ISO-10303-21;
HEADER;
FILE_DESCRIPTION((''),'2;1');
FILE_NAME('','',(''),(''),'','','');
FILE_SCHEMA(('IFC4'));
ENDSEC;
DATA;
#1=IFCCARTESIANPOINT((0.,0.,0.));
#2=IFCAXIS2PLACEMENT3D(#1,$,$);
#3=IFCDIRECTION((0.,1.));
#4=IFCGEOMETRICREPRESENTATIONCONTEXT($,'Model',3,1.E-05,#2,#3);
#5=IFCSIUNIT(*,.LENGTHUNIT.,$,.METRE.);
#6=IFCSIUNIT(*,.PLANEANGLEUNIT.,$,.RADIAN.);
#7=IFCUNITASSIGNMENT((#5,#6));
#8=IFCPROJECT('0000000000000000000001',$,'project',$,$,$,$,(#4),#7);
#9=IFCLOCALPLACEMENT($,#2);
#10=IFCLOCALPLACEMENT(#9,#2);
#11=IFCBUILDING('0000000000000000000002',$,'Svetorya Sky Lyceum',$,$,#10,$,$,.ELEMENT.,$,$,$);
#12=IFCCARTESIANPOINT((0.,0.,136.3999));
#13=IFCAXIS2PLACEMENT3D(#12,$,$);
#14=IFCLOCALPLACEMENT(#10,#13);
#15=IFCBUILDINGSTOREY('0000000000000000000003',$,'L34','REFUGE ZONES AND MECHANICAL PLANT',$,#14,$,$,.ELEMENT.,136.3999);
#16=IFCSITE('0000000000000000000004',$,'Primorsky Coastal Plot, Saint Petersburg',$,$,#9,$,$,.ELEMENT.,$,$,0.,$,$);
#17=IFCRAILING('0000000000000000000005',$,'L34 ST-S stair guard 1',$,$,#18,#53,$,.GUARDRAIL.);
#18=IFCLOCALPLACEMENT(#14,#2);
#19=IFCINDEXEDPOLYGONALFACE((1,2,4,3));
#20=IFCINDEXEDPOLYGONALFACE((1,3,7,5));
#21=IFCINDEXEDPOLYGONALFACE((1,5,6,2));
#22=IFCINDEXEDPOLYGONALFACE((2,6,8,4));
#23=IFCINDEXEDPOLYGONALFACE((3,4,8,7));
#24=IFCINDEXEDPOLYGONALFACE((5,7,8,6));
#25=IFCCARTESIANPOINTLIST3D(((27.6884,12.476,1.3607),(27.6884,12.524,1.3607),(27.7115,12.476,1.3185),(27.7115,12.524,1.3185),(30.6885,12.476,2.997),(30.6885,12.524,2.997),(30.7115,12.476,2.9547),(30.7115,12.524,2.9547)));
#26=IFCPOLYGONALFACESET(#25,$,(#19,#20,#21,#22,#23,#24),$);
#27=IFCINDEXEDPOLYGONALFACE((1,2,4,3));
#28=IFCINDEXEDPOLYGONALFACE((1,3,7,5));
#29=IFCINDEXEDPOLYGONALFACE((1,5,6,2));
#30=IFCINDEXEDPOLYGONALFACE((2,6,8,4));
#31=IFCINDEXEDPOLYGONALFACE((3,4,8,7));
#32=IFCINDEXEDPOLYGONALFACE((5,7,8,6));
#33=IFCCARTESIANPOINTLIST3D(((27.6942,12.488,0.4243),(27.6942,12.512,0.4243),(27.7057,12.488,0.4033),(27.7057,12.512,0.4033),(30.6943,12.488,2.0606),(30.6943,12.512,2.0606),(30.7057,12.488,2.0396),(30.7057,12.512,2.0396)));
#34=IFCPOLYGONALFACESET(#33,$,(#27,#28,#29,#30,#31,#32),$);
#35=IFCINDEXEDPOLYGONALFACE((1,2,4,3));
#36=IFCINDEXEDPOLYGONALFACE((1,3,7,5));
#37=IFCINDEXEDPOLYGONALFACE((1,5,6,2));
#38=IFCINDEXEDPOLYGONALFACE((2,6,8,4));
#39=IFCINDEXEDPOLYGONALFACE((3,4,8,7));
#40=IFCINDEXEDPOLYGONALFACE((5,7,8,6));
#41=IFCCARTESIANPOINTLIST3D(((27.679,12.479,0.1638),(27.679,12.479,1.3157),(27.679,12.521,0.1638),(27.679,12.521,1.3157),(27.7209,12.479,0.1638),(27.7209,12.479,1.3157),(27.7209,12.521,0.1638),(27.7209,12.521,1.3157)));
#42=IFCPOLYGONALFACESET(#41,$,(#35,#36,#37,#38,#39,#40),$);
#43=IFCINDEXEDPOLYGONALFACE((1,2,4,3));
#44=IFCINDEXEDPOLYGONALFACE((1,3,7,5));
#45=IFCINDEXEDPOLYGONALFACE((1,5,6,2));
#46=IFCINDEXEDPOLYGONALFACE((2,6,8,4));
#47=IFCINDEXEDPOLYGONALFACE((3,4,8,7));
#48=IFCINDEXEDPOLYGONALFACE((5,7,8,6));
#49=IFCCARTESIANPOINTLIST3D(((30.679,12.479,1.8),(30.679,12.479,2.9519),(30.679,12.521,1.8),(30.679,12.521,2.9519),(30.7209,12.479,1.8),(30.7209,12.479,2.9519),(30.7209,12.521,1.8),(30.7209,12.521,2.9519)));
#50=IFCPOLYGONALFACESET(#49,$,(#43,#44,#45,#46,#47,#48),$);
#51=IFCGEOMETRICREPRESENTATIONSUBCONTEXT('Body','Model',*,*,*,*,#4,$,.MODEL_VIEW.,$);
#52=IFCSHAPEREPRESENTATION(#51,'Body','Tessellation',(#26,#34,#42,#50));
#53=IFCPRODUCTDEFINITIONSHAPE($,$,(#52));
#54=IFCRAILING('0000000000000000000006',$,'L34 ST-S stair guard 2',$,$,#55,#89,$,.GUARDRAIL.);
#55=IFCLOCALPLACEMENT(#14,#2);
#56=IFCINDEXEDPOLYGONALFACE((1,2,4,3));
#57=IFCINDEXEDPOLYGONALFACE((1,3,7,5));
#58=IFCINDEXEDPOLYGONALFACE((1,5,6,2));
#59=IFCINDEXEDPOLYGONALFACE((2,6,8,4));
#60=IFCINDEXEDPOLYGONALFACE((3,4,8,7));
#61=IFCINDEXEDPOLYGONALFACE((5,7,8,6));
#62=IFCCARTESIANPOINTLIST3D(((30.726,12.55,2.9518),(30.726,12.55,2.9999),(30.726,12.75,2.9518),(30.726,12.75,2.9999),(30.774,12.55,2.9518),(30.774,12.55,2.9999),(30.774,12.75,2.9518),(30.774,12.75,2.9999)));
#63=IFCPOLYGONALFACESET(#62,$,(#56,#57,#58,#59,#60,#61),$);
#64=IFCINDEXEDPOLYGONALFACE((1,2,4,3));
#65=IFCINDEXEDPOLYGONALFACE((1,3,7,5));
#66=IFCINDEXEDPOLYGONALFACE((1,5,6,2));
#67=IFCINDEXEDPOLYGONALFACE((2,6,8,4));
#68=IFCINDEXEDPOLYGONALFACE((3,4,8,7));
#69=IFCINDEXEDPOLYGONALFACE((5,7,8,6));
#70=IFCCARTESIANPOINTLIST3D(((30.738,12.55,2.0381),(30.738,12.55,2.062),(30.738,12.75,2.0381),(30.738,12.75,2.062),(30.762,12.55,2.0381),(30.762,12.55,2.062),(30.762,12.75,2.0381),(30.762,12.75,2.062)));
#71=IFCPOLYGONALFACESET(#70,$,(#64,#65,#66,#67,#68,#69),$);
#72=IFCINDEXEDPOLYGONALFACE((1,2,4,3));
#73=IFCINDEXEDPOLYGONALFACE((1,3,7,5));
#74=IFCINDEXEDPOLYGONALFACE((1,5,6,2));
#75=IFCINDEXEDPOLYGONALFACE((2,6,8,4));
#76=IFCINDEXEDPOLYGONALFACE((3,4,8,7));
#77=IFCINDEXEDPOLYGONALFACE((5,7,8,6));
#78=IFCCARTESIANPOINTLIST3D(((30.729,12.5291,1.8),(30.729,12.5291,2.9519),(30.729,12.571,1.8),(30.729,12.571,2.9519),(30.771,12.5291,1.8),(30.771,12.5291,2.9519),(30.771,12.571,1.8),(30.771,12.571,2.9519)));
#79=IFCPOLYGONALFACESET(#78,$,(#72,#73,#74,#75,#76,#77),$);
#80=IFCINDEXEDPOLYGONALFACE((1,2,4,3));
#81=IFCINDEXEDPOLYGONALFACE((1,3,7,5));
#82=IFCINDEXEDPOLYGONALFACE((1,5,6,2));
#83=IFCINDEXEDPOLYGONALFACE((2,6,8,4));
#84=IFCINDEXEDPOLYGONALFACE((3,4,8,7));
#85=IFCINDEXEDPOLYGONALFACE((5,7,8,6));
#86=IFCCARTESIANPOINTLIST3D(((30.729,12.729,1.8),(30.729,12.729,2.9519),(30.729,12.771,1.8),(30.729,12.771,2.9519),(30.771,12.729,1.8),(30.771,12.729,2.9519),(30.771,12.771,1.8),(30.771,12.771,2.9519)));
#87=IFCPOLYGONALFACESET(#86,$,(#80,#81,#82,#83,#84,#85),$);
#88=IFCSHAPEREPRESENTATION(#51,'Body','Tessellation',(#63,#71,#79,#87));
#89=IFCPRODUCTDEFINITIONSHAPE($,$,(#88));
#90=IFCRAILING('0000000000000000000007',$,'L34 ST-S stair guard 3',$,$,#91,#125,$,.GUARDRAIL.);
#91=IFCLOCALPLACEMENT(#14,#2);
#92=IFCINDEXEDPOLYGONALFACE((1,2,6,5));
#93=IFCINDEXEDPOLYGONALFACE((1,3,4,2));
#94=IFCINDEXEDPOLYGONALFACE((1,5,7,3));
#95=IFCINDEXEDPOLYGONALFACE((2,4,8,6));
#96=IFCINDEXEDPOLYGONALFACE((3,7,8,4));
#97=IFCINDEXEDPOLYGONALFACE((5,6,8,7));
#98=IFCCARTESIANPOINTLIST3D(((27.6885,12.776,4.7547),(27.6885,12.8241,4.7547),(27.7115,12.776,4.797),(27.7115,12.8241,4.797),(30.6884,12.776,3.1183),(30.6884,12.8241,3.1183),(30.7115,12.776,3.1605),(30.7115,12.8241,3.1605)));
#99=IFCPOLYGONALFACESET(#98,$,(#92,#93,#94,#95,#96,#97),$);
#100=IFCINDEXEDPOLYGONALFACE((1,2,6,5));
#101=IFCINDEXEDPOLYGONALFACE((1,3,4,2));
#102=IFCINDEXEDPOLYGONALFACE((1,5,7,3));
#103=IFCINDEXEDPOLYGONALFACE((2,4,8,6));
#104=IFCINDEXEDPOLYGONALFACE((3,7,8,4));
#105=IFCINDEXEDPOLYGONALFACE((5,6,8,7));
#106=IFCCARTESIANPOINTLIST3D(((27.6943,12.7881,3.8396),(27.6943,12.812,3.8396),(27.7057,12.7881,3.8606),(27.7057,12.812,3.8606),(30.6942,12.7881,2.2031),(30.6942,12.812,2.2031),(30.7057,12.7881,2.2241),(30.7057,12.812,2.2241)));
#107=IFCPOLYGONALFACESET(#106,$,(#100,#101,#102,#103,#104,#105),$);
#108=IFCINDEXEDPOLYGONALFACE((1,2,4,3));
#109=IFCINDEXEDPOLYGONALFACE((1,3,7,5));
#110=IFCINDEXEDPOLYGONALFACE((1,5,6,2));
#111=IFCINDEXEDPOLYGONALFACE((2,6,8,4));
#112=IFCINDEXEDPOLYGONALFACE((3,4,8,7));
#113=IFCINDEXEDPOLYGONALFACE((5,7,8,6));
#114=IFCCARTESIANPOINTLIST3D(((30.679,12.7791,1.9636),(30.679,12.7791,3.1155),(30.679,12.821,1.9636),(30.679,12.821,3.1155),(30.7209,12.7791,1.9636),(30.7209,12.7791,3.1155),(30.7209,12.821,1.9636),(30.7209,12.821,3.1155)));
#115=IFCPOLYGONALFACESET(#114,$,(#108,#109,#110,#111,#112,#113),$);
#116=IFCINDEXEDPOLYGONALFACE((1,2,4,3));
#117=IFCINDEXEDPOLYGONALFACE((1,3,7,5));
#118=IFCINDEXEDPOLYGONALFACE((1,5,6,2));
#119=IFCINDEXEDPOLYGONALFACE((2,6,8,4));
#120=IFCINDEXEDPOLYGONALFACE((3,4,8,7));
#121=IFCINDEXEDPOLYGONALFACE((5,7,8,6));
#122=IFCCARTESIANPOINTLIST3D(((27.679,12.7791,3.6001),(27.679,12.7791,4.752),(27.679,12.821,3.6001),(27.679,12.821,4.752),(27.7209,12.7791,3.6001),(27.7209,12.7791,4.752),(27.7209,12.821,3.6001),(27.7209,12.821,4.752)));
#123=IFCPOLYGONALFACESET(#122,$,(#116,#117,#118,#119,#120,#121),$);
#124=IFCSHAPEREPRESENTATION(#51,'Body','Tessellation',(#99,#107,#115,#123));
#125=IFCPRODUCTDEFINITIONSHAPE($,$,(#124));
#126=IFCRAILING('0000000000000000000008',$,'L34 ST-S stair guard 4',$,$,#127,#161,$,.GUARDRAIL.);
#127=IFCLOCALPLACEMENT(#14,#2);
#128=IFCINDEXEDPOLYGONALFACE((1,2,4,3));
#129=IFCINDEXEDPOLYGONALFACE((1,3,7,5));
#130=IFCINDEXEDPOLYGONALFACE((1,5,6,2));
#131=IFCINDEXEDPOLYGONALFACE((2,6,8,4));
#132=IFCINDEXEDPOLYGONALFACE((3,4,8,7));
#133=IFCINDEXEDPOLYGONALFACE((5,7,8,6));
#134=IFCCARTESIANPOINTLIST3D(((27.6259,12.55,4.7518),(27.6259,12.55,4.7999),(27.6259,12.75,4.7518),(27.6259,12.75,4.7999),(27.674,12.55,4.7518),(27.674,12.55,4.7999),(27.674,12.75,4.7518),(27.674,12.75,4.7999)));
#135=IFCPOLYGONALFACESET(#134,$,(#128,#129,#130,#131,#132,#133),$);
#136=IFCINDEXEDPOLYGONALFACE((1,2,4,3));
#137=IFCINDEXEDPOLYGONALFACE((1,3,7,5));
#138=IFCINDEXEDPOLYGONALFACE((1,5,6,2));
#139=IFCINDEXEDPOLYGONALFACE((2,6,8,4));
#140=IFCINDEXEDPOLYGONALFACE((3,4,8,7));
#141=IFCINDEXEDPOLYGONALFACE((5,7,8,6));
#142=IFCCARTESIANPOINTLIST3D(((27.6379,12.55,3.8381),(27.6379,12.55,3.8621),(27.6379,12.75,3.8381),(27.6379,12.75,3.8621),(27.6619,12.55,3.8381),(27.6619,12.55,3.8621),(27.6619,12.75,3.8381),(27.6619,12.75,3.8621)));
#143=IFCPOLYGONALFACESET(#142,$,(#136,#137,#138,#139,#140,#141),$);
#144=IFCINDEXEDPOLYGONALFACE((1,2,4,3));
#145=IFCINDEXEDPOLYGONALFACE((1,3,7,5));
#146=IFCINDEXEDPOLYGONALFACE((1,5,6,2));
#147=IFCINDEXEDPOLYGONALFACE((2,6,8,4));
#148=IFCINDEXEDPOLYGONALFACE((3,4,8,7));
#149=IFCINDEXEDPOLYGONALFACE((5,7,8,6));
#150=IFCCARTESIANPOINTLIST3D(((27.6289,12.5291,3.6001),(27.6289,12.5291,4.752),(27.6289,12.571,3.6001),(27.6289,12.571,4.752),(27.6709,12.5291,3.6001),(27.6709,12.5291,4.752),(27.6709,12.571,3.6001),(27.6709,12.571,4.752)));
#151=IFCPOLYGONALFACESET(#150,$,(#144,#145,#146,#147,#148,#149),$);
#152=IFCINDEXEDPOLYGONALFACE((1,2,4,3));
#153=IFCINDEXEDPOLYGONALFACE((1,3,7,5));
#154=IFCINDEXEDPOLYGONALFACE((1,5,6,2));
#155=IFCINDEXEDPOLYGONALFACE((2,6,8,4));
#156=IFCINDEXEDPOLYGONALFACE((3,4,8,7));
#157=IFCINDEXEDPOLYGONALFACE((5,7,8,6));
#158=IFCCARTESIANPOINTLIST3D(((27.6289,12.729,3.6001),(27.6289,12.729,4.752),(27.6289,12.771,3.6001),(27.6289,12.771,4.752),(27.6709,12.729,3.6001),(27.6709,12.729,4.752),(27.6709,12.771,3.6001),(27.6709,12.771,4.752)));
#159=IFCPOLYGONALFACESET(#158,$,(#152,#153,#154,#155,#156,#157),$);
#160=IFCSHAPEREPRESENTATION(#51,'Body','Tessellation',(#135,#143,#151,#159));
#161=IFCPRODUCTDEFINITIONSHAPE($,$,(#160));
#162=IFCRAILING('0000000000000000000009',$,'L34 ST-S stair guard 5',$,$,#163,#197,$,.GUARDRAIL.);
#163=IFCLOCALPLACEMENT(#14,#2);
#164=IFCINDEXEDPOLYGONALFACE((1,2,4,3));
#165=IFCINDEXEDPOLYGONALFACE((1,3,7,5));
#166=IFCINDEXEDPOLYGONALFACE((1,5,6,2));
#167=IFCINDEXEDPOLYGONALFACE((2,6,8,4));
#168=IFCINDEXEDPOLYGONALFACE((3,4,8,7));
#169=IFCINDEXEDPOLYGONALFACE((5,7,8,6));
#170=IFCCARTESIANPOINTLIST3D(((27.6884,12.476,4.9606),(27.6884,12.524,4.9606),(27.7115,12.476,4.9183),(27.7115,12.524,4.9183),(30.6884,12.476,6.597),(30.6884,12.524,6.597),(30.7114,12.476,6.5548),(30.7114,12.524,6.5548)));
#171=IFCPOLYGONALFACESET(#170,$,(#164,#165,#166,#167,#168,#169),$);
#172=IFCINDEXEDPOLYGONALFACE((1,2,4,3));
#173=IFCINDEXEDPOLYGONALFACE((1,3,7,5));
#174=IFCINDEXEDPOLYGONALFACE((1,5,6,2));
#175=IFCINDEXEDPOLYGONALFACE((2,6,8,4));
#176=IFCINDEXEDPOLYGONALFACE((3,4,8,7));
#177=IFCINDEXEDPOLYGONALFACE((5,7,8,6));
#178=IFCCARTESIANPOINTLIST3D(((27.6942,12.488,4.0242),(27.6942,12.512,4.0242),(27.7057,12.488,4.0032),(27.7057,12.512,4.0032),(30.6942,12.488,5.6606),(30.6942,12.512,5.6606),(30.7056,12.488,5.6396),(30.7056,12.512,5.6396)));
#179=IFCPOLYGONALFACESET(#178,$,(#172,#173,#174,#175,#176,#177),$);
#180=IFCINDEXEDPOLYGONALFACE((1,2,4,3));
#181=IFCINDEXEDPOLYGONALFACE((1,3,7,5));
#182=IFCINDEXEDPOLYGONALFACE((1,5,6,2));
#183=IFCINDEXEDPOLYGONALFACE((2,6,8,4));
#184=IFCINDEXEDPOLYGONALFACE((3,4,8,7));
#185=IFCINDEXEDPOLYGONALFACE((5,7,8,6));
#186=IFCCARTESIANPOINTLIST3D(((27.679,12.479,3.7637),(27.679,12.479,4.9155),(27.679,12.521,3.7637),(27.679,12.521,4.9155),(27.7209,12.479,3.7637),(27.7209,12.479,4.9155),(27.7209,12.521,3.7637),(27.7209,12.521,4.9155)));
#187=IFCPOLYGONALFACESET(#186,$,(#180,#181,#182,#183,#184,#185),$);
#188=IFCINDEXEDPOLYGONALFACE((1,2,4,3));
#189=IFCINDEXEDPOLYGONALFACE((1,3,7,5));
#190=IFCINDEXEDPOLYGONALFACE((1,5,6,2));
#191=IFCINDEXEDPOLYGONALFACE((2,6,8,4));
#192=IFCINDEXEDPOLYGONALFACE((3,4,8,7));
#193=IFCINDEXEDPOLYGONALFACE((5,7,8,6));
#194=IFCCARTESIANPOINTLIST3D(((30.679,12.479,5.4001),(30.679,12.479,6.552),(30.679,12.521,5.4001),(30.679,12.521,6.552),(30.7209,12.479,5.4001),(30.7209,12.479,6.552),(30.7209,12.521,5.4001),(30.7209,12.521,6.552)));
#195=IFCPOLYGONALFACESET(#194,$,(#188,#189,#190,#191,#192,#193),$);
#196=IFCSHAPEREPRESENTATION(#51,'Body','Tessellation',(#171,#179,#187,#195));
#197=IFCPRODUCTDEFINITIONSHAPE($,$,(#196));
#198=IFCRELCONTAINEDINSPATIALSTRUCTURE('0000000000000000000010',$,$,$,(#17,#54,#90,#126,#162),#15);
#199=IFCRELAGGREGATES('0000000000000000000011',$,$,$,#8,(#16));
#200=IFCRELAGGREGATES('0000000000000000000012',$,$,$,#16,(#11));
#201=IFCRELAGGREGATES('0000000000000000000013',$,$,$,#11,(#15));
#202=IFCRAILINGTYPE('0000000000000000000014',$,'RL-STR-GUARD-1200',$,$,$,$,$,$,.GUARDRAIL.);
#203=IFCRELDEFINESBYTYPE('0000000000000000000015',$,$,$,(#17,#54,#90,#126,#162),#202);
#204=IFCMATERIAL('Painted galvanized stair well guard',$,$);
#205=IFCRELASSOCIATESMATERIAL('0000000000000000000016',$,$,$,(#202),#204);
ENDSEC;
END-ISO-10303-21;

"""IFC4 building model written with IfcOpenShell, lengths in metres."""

from ifc_helpers import new_model, si_unit, direction, frame, origin, origin_2d, place, context, subcontext, project, spatial, rectangle, extrude, material, type_object, element, save


model = new_model("IFC4")

# Units and contexts
model_context = context("Model", 3, precision=1e-05, world=origin(), true_north=direction((0.0, 1.0)))
body_context = subcontext(model_context, "Body", "Model", "MODEL_VIEW")
ifc_project = project(units=[si_unit("LENGTHUNIT", "METRE"), si_unit("PLANEANGLEUNIT", "RADIAN")], contexts=[model_context])

# Site, building, storey
site_placement = place(None, origin())
site = spatial("IfcSite", under=ifc_project, at=site_placement, Name="Primorsky Coastal Plot, Saint Petersburg", CompositionType="ELEMENT", RefElevation=0.0)
building_placement = place(site_placement, origin())
building = spatial("IfcBuilding", under=site, at=building_placement, Name="Svetorya Sky Lyceum", CompositionType="ELEMENT")
storey_placement = place(building_placement, frame((0.0, 0.0, 136.3999)))
storey = spatial("IfcBuildingStorey", under=building, at=storey_placement, Name="L34", Description="REFUGE ZONES AND MECHANICAL PLANT", CompositionType="ELEMENT", Elevation=136.3999)

# Railings
ifc_material_1 = material(Name="Painted galvanized stair well guard")
railing_type_1 = type_object("IfcRailingType", Name="RL-STR-GUARD-1200", PredefinedType="GUARDRAIL", material=ifc_material_1)
railing_1_placement = place(storey_placement, frame((27.7, 12.5, 0.1638)))
element("IfcRailing", 1, at=railing_1_placement, inside=storey, type_object=railing_type_1, Name="L34 ST-S stair guard 1", PredefinedType="GUARDRAIL", context=body_context, shape_type="SweptSolid", body=[
    extrude(rectangle(XDim=0.0481, YDim=0.0481, at=origin_2d()), frame((0.0, 0.0, 1.1758), z_axis=(0.877912, 0.0, 0.478822), x_axis=(0.0, 1.0, 0.0)), (0.0, 0.0, 1.0), 3.4172),
    extrude(rectangle(XDim=0.0239, YDim=0.0239, at=origin_2d()), frame((0.0, 0.0, 0.25), z_axis=(0.877912, 0.0, 0.478822), x_axis=(0.0, 1.0, 0.0)), (0.0, 0.0, 1.0), 3.4172),
    extrude(rectangle(XDim=0.042, YDim=0.042, at=origin_2d()), origin(), (0.0, 0.0, 1.0), 1.1519),
    extrude(rectangle(XDim=0.042, YDim=0.042, at=origin_2d()), frame((3.0, 0.0, 1.6362)), (0.0, 0.0, 1.0), 1.1519),
])
railing_2_placement = place(storey_placement, frame((30.75, 12.55, 1.8)))
element("IfcRailing", 2, at=railing_2_placement, inside=storey, type_object=railing_type_1, Name="L34 ST-S stair guard 2", PredefinedType="GUARDRAIL", context=body_context, shape_type="SweptSolid", body=[
    extrude(rectangle(XDim=0.0481, YDim=0.0481, at=origin_2d()), frame((0.0, 0.0, 1.1758), z_axis=(0.0, 1.0, 0.0), x_axis=(-1.0, 0.0, 0.0)), (0.0, 0.0, 1.0), 0.2),
    extrude(rectangle(XDim=0.0239, YDim=0.0239, at=origin_2d()), frame((0.0, 0.0, 0.25), z_axis=(0.0, 1.0, 0.0), x_axis=(-1.0, 0.0, 0.0)), (0.0, 0.0, 1.0), 0.2),
    extrude(rectangle(XDim=0.042, YDim=0.042, at=origin_2d()), origin(), (0.0, 0.0, 1.0), 1.1519),
    extrude(rectangle(XDim=0.042, YDim=0.042, at=origin_2d()), frame((0.0, 0.2, 0.0)), (0.0, 0.0, 1.0), 1.1519),
])
railing_3_placement = place(storey_placement, frame((30.7, 12.8, 1.9636)))
element("IfcRailing", 3, at=railing_3_placement, inside=storey, type_object=railing_type_1, Name="L34 ST-S stair guard 3", PredefinedType="GUARDRAIL", context=body_context, shape_type="SweptSolid", body=[
    extrude(rectangle(XDim=0.0481, YDim=0.0481, at=origin_2d()), frame((0.0, 0.0, 1.1758), z_axis=(-0.877882, 0.0, 0.478877), x_axis=(0.0, -1.0, 0.0)), (0.0, 0.0, 1.0), 3.4172),
    extrude(rectangle(XDim=0.0239, YDim=0.0239, at=origin_2d()), frame((0.0, 0.0, 0.25), z_axis=(-0.877882, 0.0, 0.478877), x_axis=(0.0, -1.0, 0.0)), (0.0, 0.0, 1.0), 3.4172),
    extrude(rectangle(XDim=0.042, YDim=0.042, at=origin_2d()), origin(), (0.0, 0.0, 1.0), 1.1519),
    extrude(rectangle(XDim=0.042, YDim=0.042, at=origin_2d()), frame((-3.0, 0.0, 1.6365)), (0.0, 0.0, 1.0), 1.1519),
])
railing_4_placement = place(storey_placement, frame((27.6499, 12.55, 3.6001)))
element("IfcRailing", 4, at=railing_4_placement, inside=storey, type_object=railing_type_1, Name="L34 ST-S stair guard 4", PredefinedType="GUARDRAIL", context=body_context, shape_type="SweptSolid", body=[
    extrude(rectangle(XDim=0.0481, YDim=0.0481, at=origin_2d()), frame((0.0, 0.0, 1.1758), z_axis=(0.0, 1.0, 0.0), x_axis=(-1.0, 0.0, 0.0)), (0.0, 0.0, 1.0), 0.2),
    extrude(rectangle(XDim=0.0239, YDim=0.0239, at=origin_2d()), frame((0.0, 0.0, 0.25), z_axis=(0.0, 1.0, 0.0), x_axis=(-1.0, 0.0, 0.0)), (0.0, 0.0, 1.0), 0.2),
    extrude(rectangle(XDim=0.042, YDim=0.042, at=origin_2d()), origin(), (0.0, 0.0, 1.0), 1.1519),
    extrude(rectangle(XDim=0.042, YDim=0.042, at=origin_2d()), frame((0.0, 0.2, 0.0)), (0.0, 0.0, 1.0), 1.1519),
])
railing_5_placement = place(storey_placement, frame((27.7, 12.5, 3.7637)))
element("IfcRailing", 5, at=railing_5_placement, inside=storey, type_object=railing_type_1, Name="L34 ST-S stair guard 5", PredefinedType="GUARDRAIL", context=body_context, shape_type="SweptSolid", body=[
    extrude(rectangle(XDim=0.0481, YDim=0.0481, at=origin_2d()), frame((0.0, 0.0, 1.1758), z_axis=(0.877882, 0.0, 0.478877), x_axis=(0.0, 1.0, 0.0)), (0.0, 0.0, 1.0), 3.4172),
    extrude(rectangle(XDim=0.0239, YDim=0.0239, at=origin_2d()), frame((0.0, 0.0, 0.25), z_axis=(0.877882, 0.0, 0.478877), x_axis=(0.0, 1.0, 0.0)), (0.0, 0.0, 1.0), 3.4172),
    extrude(rectangle(XDim=0.042, YDim=0.042, at=origin_2d()), origin(), (0.0, 0.0, 1.0), 1.1519),
    extrude(rectangle(XDim=0.042, YDim=0.042, at=origin_2d()), frame((3.0, 0.0, 1.6365)), (0.0, 0.0, 1.0), 1.1519),
])

save(model, "model.ifc")
